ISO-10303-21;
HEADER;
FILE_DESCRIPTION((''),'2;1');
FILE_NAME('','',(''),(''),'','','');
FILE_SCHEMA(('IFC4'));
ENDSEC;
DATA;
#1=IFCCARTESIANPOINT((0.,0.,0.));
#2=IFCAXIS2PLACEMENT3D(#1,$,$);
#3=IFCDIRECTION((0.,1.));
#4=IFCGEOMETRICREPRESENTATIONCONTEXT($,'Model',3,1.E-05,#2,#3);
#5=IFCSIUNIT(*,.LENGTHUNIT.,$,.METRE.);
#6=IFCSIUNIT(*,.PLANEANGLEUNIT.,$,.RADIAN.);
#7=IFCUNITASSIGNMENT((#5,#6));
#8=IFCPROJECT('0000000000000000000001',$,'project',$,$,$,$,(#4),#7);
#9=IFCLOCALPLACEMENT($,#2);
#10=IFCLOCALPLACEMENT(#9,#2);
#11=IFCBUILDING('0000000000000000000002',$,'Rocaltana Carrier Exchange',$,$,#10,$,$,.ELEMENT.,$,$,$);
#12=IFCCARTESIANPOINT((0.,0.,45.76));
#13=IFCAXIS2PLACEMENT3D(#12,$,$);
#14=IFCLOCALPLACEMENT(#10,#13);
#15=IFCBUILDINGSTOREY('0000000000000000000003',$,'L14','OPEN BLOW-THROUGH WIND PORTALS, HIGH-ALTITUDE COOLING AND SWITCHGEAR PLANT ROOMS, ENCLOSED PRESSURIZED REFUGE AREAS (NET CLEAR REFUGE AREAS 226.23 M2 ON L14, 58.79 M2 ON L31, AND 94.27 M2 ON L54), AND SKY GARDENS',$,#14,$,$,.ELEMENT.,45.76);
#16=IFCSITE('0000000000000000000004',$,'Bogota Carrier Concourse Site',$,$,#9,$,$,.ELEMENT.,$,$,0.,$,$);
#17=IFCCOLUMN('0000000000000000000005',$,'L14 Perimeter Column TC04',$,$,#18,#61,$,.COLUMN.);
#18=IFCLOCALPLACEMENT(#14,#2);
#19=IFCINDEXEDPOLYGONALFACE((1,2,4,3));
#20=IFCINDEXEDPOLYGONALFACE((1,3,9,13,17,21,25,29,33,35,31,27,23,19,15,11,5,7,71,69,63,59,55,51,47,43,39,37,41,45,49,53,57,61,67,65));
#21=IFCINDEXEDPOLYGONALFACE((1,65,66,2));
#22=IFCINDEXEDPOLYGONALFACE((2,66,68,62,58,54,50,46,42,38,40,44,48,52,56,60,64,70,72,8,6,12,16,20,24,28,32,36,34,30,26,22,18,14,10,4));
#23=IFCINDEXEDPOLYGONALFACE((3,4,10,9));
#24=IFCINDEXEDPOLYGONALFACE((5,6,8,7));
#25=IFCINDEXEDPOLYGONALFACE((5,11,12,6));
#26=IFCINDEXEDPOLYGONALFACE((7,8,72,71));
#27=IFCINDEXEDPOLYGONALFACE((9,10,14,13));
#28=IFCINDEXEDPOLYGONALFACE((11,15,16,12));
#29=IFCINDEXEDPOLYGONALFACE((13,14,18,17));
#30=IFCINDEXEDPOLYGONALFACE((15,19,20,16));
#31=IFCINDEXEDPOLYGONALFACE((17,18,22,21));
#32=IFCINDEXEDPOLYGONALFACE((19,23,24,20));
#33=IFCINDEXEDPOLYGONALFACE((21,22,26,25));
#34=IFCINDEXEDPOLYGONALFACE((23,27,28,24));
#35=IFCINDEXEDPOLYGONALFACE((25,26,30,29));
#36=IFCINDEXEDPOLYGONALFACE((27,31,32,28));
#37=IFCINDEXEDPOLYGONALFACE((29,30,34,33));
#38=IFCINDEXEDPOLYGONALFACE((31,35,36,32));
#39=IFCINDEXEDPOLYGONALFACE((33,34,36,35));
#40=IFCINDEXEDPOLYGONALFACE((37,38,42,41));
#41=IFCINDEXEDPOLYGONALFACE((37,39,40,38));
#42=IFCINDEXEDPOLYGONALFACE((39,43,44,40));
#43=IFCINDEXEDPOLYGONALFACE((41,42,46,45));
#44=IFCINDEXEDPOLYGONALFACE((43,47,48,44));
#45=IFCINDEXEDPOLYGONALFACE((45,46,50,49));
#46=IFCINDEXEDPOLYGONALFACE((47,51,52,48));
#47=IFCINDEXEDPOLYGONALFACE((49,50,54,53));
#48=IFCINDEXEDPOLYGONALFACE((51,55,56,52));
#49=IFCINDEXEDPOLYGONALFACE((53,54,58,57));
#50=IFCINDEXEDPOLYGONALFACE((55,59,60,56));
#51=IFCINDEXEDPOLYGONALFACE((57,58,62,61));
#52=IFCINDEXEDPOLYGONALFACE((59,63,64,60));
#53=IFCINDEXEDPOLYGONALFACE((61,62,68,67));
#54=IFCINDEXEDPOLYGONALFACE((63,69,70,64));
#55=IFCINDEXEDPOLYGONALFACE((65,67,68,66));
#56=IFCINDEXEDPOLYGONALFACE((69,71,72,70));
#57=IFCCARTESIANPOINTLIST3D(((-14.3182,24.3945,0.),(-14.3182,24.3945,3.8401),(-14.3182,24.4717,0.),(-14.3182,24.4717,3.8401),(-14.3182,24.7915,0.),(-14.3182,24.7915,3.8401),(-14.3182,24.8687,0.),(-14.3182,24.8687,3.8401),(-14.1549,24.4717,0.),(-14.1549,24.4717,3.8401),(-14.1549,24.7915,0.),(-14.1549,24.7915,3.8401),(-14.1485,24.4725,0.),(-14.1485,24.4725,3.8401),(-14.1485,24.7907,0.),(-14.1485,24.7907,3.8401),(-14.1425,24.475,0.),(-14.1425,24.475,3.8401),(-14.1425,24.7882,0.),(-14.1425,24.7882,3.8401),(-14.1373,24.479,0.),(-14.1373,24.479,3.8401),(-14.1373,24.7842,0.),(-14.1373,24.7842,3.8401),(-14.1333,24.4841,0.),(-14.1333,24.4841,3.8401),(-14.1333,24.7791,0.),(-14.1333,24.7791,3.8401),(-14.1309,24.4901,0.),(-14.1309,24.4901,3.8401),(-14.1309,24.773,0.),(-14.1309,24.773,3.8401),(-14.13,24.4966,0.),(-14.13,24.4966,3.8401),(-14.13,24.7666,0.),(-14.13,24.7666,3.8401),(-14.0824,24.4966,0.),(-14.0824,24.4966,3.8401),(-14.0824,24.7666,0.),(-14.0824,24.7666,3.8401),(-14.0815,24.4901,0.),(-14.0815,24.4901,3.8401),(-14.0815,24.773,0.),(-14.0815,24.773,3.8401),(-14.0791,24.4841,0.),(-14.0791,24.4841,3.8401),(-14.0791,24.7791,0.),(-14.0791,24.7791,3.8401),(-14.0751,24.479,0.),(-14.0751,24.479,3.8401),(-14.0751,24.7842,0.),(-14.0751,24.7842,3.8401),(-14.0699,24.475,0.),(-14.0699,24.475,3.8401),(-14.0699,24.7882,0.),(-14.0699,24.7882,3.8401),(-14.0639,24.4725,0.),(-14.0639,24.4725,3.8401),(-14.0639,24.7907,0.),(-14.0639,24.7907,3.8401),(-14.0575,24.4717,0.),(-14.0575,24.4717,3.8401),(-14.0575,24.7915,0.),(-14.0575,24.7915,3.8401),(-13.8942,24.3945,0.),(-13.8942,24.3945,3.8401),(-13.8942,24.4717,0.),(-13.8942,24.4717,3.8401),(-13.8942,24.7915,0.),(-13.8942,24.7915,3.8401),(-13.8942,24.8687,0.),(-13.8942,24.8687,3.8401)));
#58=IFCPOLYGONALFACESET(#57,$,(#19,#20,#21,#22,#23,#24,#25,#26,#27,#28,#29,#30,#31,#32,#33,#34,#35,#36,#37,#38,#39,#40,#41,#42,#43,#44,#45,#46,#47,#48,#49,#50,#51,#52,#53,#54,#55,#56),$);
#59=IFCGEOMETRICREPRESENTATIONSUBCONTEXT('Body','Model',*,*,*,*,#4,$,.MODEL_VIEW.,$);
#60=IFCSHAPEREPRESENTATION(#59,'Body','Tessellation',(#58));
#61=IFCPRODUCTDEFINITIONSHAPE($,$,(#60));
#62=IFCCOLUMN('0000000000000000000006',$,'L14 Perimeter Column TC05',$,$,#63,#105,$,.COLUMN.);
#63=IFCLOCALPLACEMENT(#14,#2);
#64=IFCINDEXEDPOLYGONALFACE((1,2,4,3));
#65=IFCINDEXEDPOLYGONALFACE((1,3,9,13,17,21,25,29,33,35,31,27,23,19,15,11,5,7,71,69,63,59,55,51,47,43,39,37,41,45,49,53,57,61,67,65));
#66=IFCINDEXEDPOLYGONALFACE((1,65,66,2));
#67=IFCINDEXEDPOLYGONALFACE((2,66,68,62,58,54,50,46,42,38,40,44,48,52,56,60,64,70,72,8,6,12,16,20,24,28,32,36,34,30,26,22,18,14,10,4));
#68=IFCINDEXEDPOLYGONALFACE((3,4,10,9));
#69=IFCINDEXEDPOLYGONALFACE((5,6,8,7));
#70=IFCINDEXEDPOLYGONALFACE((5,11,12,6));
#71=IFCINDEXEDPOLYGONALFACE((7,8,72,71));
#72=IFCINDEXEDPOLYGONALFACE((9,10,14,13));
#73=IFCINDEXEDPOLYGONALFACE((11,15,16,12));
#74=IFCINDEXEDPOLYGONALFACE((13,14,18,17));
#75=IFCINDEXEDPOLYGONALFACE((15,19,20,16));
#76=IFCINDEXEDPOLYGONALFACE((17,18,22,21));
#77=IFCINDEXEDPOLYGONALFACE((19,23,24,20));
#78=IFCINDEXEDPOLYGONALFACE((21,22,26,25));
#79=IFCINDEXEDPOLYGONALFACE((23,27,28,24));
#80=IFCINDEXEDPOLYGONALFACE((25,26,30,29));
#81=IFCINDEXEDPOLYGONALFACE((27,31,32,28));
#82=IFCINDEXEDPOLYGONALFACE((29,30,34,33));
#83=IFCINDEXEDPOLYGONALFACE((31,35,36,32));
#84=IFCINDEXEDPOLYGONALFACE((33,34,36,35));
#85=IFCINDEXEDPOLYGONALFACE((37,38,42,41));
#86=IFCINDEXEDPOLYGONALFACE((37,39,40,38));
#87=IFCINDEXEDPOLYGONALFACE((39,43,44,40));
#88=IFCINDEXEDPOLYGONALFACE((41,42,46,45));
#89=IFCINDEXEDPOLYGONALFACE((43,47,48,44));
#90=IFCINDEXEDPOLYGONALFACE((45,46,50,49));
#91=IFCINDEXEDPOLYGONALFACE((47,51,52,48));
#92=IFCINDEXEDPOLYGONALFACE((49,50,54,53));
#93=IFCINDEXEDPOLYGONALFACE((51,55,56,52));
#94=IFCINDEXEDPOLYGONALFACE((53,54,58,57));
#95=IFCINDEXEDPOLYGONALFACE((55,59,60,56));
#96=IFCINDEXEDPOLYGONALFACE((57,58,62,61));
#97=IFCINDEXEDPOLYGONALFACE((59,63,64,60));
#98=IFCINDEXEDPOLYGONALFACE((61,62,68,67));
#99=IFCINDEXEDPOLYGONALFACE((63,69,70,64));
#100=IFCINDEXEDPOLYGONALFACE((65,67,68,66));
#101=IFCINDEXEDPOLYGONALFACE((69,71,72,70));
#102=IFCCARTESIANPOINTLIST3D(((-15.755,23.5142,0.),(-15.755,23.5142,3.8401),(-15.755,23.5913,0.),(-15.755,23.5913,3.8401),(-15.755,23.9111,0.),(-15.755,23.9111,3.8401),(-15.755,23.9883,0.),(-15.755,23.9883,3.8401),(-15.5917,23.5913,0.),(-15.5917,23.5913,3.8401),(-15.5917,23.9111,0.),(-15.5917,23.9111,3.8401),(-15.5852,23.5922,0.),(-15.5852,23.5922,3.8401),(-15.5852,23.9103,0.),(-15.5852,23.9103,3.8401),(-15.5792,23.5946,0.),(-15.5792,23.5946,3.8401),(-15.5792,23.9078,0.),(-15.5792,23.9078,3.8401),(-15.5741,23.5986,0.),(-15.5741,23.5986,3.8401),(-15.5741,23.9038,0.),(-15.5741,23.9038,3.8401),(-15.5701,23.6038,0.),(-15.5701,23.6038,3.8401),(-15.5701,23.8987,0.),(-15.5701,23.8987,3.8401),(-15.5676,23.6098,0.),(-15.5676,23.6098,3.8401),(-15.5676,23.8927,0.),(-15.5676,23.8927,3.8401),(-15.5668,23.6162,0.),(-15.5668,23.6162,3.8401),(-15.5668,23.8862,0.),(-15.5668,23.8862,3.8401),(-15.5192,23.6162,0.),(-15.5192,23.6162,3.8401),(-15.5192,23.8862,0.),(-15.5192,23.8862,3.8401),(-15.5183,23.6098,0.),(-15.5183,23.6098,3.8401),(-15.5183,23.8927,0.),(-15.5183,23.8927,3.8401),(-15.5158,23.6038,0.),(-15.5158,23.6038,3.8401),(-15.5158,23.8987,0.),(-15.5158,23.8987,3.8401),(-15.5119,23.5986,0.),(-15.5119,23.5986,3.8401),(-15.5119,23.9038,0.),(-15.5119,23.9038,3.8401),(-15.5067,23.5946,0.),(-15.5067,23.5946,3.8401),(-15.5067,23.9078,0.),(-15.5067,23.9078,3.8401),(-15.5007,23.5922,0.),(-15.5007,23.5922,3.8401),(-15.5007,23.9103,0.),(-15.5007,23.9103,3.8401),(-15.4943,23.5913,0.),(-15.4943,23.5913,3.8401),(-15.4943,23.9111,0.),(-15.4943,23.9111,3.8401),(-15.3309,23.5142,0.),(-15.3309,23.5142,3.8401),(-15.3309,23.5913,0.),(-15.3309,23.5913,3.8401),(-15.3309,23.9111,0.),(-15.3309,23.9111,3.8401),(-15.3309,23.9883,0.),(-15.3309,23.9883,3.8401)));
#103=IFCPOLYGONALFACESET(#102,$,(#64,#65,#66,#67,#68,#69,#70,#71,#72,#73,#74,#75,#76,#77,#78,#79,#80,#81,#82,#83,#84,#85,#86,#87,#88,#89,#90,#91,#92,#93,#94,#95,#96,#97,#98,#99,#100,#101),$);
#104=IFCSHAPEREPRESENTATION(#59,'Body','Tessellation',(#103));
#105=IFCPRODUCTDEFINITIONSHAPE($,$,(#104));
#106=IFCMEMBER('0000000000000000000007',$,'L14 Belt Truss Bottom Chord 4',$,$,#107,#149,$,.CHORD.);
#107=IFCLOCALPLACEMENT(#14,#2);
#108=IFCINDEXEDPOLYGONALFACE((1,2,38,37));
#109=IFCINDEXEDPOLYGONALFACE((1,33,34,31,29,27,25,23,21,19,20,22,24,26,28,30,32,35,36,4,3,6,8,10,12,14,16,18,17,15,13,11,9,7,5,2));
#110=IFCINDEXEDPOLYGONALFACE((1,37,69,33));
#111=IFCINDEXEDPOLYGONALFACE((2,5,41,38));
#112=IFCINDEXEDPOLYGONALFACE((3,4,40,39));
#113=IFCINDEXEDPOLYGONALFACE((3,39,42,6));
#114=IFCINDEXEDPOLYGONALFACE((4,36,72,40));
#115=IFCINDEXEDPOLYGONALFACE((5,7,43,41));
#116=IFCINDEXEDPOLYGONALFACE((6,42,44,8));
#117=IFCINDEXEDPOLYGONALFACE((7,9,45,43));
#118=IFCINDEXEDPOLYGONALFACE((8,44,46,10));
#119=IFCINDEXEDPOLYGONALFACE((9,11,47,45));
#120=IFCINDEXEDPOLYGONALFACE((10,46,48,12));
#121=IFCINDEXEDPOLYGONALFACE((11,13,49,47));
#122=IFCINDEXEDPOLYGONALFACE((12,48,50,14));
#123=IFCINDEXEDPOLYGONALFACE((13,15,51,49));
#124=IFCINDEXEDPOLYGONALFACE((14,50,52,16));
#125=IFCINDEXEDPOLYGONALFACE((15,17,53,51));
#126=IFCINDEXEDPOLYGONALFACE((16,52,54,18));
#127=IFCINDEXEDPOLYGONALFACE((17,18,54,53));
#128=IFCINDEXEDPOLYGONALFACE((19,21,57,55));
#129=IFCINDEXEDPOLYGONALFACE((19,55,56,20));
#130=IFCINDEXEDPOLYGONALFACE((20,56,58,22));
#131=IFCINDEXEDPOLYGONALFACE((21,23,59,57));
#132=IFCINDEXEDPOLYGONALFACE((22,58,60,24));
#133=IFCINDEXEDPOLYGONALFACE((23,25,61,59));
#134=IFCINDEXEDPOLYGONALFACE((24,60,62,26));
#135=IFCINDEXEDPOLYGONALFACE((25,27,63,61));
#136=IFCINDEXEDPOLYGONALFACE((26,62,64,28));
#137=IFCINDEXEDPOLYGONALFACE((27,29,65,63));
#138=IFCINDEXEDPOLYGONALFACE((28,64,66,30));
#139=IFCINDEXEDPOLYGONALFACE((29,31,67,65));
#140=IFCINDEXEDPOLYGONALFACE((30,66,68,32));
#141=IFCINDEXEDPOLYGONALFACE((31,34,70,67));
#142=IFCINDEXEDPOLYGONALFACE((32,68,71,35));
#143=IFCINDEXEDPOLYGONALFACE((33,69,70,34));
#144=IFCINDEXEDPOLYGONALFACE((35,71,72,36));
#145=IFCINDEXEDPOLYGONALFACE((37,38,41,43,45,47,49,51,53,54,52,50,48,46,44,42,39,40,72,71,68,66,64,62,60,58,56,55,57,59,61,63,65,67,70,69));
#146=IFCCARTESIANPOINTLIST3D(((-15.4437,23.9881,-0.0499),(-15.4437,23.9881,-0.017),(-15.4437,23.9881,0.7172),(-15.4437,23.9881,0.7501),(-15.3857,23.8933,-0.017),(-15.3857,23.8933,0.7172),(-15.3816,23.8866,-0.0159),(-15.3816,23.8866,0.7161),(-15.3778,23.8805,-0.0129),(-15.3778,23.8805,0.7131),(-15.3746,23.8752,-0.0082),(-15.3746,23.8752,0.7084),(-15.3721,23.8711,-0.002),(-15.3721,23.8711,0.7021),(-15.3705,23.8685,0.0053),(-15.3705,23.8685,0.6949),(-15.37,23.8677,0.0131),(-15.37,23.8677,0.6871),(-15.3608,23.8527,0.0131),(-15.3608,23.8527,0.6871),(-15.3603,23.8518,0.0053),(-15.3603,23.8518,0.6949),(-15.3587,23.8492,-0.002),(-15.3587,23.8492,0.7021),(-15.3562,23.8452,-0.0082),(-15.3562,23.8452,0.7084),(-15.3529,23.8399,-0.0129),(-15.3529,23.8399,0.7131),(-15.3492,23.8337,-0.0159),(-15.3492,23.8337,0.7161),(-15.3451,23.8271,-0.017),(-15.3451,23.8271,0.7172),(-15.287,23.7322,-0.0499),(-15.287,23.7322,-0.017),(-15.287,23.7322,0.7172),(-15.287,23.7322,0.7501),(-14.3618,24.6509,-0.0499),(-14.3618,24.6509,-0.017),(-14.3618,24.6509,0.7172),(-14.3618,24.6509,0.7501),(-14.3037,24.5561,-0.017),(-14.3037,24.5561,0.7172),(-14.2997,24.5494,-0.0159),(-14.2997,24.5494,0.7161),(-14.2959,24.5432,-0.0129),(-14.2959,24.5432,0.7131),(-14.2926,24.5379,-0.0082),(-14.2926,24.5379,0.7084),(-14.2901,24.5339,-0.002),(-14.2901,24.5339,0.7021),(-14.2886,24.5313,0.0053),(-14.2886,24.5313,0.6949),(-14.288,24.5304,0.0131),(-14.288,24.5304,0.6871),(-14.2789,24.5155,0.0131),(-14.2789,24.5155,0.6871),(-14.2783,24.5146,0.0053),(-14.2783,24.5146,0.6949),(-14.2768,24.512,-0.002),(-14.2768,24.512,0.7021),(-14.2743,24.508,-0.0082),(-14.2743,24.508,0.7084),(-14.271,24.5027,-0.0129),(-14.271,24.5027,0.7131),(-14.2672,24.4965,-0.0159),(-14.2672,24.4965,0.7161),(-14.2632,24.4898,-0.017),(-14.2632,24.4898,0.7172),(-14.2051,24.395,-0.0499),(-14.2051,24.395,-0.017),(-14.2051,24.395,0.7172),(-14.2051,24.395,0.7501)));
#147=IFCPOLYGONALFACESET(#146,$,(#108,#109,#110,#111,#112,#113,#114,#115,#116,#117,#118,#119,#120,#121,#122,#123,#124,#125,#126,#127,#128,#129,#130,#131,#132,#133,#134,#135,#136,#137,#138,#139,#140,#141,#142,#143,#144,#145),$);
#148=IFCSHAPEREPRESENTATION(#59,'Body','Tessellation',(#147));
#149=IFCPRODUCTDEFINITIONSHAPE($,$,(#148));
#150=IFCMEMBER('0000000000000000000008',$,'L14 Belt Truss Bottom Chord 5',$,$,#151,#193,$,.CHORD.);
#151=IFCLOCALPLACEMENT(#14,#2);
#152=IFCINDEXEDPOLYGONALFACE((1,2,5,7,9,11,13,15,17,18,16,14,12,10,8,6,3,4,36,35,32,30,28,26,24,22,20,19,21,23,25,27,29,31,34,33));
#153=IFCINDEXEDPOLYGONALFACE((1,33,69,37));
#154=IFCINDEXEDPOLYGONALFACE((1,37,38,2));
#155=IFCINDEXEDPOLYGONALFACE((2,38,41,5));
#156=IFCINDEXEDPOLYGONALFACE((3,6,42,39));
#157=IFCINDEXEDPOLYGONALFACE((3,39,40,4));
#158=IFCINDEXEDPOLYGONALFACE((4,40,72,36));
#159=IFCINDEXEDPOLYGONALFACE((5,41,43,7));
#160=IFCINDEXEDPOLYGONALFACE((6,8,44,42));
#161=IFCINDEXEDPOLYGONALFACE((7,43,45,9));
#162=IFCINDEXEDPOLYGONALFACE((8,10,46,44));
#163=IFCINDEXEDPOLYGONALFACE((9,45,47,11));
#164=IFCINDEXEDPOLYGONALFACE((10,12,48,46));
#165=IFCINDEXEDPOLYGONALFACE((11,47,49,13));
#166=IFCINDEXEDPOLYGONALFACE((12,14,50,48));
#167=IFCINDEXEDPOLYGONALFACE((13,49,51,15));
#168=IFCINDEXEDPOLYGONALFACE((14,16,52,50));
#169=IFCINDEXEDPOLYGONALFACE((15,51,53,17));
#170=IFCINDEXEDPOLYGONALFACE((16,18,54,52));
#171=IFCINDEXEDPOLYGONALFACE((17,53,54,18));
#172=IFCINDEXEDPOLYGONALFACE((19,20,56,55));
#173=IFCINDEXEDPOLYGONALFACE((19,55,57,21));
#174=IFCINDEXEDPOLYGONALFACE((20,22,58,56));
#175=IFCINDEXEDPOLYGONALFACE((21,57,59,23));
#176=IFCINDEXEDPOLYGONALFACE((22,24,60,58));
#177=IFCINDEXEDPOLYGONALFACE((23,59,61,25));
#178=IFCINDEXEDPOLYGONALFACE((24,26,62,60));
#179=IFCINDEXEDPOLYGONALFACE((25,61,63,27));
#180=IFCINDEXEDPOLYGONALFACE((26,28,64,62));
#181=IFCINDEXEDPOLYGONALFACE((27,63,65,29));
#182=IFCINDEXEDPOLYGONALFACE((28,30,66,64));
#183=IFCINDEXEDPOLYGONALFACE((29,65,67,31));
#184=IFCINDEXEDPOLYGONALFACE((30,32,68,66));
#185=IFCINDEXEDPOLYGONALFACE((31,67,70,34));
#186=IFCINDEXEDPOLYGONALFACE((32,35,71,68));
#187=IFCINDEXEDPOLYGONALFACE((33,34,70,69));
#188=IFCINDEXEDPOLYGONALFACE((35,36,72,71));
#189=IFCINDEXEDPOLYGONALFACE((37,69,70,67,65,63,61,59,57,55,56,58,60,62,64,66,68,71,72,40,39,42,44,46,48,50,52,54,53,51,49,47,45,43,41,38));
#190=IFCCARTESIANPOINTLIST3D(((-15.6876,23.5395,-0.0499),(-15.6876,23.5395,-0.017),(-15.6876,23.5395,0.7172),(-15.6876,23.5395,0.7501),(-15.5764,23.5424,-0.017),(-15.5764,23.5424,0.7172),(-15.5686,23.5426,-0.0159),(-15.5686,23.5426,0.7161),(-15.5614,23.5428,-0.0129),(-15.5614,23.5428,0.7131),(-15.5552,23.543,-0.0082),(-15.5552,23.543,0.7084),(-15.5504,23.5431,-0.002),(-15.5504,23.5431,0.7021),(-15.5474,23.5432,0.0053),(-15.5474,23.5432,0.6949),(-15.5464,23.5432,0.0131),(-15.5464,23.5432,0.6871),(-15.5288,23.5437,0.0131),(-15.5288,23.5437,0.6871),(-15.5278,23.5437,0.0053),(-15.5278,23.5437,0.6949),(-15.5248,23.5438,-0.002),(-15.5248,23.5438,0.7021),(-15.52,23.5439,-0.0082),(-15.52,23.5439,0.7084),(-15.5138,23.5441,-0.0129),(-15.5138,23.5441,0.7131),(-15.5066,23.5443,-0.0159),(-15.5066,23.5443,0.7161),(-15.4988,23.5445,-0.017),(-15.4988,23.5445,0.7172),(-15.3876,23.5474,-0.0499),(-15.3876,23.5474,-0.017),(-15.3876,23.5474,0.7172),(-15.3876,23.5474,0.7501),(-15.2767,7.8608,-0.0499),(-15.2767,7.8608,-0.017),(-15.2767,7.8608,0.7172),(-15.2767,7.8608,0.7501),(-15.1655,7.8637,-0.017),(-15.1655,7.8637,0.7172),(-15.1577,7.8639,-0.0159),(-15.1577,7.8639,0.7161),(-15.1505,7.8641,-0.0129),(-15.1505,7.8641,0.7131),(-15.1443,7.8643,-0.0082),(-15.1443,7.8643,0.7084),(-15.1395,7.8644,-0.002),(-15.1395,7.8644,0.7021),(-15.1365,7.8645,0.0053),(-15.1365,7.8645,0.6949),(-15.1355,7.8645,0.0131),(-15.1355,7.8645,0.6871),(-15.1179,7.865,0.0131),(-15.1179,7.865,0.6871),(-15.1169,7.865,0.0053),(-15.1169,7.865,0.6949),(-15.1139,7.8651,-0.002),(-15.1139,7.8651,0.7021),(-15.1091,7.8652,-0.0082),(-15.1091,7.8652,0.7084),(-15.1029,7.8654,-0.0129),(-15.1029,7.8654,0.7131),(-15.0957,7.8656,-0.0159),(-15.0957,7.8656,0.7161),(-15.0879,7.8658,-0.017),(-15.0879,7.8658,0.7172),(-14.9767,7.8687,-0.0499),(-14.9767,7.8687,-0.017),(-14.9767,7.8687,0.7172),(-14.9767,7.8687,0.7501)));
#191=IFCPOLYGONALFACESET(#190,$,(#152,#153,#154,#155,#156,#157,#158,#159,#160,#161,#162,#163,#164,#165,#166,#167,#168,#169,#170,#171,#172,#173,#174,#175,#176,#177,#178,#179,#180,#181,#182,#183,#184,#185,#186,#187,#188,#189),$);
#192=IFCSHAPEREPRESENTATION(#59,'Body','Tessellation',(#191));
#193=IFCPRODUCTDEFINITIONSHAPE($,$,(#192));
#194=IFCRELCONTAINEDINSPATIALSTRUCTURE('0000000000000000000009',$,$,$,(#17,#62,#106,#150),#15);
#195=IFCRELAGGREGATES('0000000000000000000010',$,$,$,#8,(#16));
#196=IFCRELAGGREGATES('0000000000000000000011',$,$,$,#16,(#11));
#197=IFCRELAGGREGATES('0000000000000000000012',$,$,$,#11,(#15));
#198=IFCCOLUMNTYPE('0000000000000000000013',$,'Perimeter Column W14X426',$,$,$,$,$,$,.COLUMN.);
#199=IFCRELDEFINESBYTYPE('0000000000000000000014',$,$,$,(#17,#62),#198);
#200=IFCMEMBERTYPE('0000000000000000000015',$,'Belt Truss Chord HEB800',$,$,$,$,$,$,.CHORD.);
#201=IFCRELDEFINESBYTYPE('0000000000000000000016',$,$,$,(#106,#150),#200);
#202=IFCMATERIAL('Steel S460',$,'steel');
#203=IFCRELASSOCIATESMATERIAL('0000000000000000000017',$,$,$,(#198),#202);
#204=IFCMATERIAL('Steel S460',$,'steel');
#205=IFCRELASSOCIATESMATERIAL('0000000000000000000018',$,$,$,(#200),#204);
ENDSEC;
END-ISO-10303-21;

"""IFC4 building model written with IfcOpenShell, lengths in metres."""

from ifc_helpers import new_model, si_unit, direction, frame, origin, origin_2d, place, context, subcontext, project, spatial, i_section, extrude, material, material_profile, profile_set, type_object, element, save


model = new_model("IFC4")

# Units and contexts
model_context = context("Model", 3, precision=1e-05, world=origin(), true_north=direction((0.0, 1.0)))
body_context = subcontext(model_context, "Body", "Model", "MODEL_VIEW")
ifc_project = project(units=[si_unit("LENGTHUNIT", "METRE"), si_unit("PLANEANGLEUNIT", "RADIAN")], contexts=[model_context])

# Site, building, storey
site_placement = place(None, origin())
site = spatial("IfcSite", under=ifc_project, at=site_placement, Name="Bogota Carrier Concourse Site", CompositionType="ELEMENT", RefElevation=0.0)
building_placement = place(site_placement, origin())
building = spatial("IfcBuilding", under=site, at=building_placement, Name="Rocaltana Carrier Exchange", CompositionType="ELEMENT")
storey_placement = place(building_placement, frame((0.0, 0.0, 45.76)))
storey = spatial("IfcBuildingStorey", under=building, at=storey_placement, Name="L14", Description="OPEN BLOW-THROUGH WIND PORTALS, HIGH-ALTITUDE COOLING AND SWITCHGEAR PLANT ROOMS, ENCLOSED PRESSURIZED REFUGE AREAS (NET CLEAR REFUGE AREAS 226.23 M2 ON L14, 58.79 M2 ON L31, AND 94.27 M2 ON L54), AND SKY GARDENS", CompositionType="ELEMENT", Elevation=45.76)

# Columns
ifc_material_1 = material(Name="Steel S460", Category="steel")
ifc_material_profile_1 = material_profile(ifc_material_1, i_section(OverallWidth=0.4241, OverallDepth=0.4741, WebThickness=0.0476, FlangeThickness=0.0771, FilletRadius=0.0249, at=origin_2d()), Name="W14X426")
ifc_profile_set_1 = profile_set([ifc_material_profile_1], Name="Steel S460")
column_type = type_object("IfcColumnType", Name="Perimeter Column W14X426", PredefinedType="COLUMN", material=ifc_profile_set_1)
for number, where, z_axis, x_axis, name in (
    (1, (-14.1062, 24.6316, 0.0), (0.0, 0.0, 1.0), (1.0, 0.0, 0.0), "L14 Perimeter Column TC04"),
    (2, (-15.543, 23.7512, 0.0), (0.0, 0.0, 1.0), (1.0, 0.0, 0.0), "L14 Perimeter Column TC05"),
):
    element("IfcColumn", number, at=place(storey_placement, frame(where, z_axis=z_axis, x_axis=x_axis)), inside=storey, type_object=column_type, Name=name, PredefinedType="COLUMN", context=body_context, shape_type="SweptSolid", body=[
        extrude(i_section(OverallWidth=0.4241, OverallDepth=0.4741, WebThickness=0.0476, FlangeThickness=0.0771, FilletRadius=0.0249, at=origin_2d()), origin(), (0.0, 0.0, 1.0), 3.8401),
    ])

# Members
ifc_material_2 = material(Name="Steel S460", Category="steel")
ifc_material_profile_2 = material_profile(ifc_material_2, i_section(OverallWidth=0.3, OverallDepth=0.8, WebThickness=0.0176, FlangeThickness=0.033, FilletRadius=0.03, at=origin_2d()), Name="HEB800")
ifc_profile_set_2 = profile_set([ifc_material_profile_2], Name="Steel S460")
member_type_1 = type_object("IfcMemberType", Name="Belt Truss Chord HEB800", PredefinedType="CHORD", material=ifc_profile_set_2)
member_1_placement = place(storey_placement, frame((-14.2834, 24.5229, 0.3501), z_axis=(-0.85272, -0.522368, 0.0), x_axis=(0.522368, -0.85272, 0.0)))
element("IfcMember", 3, at=member_1_placement, inside=storey, type_object=member_type_1, Name="L14 Belt Truss Bottom Chord 4", PredefinedType="CHORD", context=body_context, shape_type="SweptSolid", body=[
    extrude(i_section(OverallWidth=0.3, OverallDepth=0.8, WebThickness=0.0176, FlangeThickness=0.033, FilletRadius=0.03, at=origin_2d()), origin(), (0.0, 0.0, 1.0), 1.2688),
])
member_2_placement = place(storey_placement, frame((-15.5376, 23.5435, 0.3501), z_axis=(0.026198, -0.999657, 0.0), x_axis=(0.999657, 0.026198, 0.0)))
element("IfcMember", 4, at=member_2_placement, inside=storey, type_object=member_type_1, Name="L14 Belt Truss Bottom Chord 5", PredefinedType="CHORD", context=body_context, shape_type="SweptSolid", body=[
    extrude(i_section(OverallWidth=0.3, OverallDepth=0.8, WebThickness=0.0176, FlangeThickness=0.033, FilletRadius=0.03, at=origin_2d()), origin(), (0.0, 0.0, 1.0), 15.6841),
])

save(model, "model.ifc")
